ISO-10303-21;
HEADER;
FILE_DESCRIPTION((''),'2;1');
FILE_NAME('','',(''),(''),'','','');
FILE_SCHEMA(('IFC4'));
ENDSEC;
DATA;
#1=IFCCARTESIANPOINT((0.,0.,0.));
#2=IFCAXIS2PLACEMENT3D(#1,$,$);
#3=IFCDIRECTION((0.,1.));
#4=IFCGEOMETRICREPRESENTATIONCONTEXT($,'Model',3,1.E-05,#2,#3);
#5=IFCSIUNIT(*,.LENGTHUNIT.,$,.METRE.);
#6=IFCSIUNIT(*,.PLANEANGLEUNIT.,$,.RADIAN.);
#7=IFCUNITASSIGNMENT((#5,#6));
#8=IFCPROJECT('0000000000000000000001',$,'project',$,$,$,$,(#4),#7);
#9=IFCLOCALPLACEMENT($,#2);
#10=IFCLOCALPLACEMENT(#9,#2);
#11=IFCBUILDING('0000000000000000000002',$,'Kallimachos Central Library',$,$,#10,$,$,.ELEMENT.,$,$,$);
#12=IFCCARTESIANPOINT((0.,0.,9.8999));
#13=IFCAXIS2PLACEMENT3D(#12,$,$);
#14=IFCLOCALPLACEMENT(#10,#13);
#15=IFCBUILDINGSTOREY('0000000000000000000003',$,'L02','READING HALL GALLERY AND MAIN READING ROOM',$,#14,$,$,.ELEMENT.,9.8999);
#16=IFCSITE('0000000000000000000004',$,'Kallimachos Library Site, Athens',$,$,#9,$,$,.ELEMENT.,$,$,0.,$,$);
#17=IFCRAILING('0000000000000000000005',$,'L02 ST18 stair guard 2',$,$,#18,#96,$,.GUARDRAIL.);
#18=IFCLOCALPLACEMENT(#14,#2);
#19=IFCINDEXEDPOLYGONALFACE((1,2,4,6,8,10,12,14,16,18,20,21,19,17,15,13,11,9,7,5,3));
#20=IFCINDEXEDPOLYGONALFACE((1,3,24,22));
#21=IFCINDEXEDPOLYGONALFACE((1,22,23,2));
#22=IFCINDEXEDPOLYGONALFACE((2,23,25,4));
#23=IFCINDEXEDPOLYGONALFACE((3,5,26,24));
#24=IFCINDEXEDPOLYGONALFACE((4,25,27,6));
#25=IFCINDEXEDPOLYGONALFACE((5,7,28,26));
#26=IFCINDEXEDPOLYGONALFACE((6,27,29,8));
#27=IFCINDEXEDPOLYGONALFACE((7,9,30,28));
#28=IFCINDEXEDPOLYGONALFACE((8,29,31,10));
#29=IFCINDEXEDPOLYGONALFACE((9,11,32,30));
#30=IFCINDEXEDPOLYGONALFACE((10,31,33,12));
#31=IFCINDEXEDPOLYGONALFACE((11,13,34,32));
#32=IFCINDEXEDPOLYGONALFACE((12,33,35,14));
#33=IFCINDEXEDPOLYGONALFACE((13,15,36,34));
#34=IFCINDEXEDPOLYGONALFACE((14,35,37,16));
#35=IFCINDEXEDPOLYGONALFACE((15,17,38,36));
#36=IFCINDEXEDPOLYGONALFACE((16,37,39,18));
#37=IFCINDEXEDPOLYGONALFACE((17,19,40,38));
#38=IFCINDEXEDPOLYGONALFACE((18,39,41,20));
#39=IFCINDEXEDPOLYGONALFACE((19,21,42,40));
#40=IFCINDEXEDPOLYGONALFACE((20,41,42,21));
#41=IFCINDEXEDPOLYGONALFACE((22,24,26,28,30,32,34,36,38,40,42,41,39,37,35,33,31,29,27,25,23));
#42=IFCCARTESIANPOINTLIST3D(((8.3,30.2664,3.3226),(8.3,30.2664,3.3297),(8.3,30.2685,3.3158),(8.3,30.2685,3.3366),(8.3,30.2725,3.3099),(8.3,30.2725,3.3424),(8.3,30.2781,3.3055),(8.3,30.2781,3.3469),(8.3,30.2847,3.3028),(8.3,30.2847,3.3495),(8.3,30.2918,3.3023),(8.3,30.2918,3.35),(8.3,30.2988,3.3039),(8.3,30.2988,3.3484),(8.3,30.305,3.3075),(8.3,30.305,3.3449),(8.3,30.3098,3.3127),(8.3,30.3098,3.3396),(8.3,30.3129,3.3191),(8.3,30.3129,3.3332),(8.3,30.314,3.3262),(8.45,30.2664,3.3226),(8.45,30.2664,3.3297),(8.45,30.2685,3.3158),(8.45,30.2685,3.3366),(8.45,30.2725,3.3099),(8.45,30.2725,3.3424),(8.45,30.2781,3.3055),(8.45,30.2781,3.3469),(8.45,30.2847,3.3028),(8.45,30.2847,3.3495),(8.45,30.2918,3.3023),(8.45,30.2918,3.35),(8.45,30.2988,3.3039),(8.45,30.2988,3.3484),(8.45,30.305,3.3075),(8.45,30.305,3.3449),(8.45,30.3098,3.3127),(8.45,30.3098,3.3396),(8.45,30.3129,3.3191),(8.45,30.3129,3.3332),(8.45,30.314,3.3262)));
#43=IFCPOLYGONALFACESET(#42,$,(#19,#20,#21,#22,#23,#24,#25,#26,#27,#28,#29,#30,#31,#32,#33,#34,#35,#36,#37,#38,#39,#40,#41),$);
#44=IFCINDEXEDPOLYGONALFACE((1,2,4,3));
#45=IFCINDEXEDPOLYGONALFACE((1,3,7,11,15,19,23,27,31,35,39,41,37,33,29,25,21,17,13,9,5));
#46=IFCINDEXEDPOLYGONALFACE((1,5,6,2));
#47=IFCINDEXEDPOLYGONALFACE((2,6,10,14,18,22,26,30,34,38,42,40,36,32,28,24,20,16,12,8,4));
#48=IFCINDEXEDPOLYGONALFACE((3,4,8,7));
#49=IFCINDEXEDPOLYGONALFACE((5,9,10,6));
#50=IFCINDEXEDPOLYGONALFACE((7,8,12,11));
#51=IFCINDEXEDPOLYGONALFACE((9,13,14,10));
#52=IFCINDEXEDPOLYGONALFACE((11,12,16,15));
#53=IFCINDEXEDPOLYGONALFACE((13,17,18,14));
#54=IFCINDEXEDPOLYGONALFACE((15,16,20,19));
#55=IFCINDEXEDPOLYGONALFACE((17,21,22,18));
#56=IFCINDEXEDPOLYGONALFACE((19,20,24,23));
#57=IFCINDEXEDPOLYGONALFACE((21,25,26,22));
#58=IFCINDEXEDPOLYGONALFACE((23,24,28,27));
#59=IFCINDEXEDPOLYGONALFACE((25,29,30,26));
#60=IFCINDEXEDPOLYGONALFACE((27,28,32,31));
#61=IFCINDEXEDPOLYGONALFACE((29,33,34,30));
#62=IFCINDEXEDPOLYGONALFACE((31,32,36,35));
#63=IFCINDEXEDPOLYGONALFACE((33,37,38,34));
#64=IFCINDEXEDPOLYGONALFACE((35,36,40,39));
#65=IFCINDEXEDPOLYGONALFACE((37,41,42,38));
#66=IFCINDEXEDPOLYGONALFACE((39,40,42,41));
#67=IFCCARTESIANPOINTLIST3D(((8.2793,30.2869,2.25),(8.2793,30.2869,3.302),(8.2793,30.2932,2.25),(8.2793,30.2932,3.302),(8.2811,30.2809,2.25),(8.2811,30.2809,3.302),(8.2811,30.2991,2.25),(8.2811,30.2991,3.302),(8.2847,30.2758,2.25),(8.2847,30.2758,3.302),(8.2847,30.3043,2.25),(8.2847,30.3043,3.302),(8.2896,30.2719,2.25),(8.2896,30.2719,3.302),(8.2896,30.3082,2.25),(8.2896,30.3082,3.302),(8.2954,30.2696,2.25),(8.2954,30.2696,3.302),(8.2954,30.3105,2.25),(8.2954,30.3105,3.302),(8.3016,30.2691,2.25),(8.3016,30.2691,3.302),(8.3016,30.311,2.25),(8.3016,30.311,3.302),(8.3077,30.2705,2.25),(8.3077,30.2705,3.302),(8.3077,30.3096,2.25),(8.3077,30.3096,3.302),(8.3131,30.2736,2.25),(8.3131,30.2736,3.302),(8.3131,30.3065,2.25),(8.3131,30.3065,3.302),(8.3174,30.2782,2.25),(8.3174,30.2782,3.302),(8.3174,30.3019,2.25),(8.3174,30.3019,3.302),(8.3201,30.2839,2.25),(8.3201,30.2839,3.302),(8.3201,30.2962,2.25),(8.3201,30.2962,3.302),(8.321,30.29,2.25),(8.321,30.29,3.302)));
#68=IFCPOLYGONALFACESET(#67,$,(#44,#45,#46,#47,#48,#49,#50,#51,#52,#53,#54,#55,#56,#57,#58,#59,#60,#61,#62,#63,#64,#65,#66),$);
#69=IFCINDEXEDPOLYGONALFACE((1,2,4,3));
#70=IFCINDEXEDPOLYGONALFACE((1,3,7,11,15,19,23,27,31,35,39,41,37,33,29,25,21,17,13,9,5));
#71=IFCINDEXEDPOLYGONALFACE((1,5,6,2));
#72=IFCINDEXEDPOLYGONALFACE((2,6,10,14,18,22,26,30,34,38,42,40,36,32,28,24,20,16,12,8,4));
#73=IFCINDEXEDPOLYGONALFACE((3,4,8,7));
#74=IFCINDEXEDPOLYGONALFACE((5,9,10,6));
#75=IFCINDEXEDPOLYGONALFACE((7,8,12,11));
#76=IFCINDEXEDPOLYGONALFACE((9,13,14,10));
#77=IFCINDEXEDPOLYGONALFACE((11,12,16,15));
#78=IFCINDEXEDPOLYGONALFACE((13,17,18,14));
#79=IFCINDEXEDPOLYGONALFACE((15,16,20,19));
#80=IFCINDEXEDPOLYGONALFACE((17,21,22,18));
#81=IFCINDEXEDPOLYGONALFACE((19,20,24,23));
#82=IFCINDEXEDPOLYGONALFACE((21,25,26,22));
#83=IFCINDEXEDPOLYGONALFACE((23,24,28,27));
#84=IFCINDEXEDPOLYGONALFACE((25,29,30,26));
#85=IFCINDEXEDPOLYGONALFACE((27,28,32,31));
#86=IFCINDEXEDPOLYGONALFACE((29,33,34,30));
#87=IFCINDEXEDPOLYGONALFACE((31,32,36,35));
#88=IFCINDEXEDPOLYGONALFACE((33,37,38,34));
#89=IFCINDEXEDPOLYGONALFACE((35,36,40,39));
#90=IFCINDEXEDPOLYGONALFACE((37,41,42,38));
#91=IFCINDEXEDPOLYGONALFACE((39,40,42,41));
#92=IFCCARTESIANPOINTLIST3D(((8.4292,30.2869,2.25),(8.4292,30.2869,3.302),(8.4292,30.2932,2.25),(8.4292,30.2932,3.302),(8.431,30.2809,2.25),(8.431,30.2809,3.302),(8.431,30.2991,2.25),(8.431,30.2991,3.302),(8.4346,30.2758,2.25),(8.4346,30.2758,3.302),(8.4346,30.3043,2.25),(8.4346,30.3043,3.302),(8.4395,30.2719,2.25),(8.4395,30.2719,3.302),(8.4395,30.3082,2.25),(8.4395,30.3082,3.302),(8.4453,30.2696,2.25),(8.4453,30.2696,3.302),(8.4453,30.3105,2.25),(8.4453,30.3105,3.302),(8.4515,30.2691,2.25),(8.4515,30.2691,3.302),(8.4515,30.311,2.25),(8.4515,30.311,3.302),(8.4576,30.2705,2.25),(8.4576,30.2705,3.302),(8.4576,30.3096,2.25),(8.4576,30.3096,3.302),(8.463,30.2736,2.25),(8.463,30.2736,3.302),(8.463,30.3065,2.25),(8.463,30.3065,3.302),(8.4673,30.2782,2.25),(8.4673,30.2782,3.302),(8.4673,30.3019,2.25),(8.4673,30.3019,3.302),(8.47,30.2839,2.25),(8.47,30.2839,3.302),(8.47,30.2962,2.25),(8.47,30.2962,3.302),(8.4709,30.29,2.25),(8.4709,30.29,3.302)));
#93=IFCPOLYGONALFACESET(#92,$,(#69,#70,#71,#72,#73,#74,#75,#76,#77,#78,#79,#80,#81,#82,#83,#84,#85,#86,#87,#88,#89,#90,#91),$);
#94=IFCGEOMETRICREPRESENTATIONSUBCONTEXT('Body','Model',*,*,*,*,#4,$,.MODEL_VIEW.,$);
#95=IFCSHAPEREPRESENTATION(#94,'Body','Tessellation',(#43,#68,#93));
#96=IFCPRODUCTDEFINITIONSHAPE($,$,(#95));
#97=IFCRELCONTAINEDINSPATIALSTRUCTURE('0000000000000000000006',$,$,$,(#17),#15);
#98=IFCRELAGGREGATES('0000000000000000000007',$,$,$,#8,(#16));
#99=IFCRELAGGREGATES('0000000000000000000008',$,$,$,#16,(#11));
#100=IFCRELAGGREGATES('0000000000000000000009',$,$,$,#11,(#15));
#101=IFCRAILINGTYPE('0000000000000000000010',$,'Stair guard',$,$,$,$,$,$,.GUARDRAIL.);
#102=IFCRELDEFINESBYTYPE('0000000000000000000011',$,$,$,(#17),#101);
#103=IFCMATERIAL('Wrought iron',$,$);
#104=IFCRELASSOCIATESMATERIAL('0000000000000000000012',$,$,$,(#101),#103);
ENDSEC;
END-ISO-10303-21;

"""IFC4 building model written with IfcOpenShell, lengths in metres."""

from ifc_helpers import new_model, si_unit, direction, frame, origin, origin_2d, place, context, subcontext, project, spatial, circle, extrude, material, type_object, element, save


model = new_model("IFC4")

# Units and contexts
model_context = context("Model", 3, precision=1e-05, world=origin(), true_north=direction((0.0, 1.0)))
body_context = subcontext(model_context, "Body", "Model", "MODEL_VIEW")
ifc_project = project(units=[si_unit("LENGTHUNIT", "METRE"), si_unit("PLANEANGLEUNIT", "RADIAN")], contexts=[model_context])

# Site, building, storey
site_placement = place(None, origin())
site = spatial("IfcSite", under=ifc_project, at=site_placement, Name="Kallimachos Library Site, Athens", CompositionType="ELEMENT", RefElevation=0.0)
building_placement = place(site_placement, origin())
building = spatial("IfcBuilding", under=site, at=building_placement, Name="Kallimachos Central Library", CompositionType="ELEMENT")
storey_placement = place(building_placement, frame((0.0, 0.0, 9.8999)))
storey = spatial("IfcBuildingStorey", under=building, at=storey_placement, Name="L02", Description="READING HALL GALLERY AND MAIN READING ROOM", CompositionType="ELEMENT", Elevation=9.8999)

# Railing
ifc_material_1 = material(Name="Wrought iron")
railing_type_1 = type_object("IfcRailingType", Name="Stair guard", PredefinedType="GUARDRAIL", material=ifc_material_1)
railing_1_placement = place(storey_placement, frame((8.3, 30.29, 2.25)))
element("IfcRailing", 1, at=railing_1_placement, inside=storey, type_object=railing_type_1, Name="L02 ST18 stair guard 2", PredefinedType="GUARDRAIL", context=body_context, shape_type="SweptSolid", body=[
    extrude(circle(Radius=0.0239, at=origin_2d()), frame((0.0, 0.0, 1.0762), z_axis=(1.0, 0.0, 0.0), x_axis=(0.0, 1.0, 0.0)), (0.0, 0.0, 1.0), 0.1499),
    extrude(circle(Radius=0.021, at=origin_2d()), origin(), (0.0, 0.0, 1.0), 1.052),
    extrude(circle(Radius=0.021, at=origin_2d()), frame((0.1499, 0.0, 0.0)), (0.0, 0.0, 1.0), 1.052),
])

save(model, "model.ifc")
